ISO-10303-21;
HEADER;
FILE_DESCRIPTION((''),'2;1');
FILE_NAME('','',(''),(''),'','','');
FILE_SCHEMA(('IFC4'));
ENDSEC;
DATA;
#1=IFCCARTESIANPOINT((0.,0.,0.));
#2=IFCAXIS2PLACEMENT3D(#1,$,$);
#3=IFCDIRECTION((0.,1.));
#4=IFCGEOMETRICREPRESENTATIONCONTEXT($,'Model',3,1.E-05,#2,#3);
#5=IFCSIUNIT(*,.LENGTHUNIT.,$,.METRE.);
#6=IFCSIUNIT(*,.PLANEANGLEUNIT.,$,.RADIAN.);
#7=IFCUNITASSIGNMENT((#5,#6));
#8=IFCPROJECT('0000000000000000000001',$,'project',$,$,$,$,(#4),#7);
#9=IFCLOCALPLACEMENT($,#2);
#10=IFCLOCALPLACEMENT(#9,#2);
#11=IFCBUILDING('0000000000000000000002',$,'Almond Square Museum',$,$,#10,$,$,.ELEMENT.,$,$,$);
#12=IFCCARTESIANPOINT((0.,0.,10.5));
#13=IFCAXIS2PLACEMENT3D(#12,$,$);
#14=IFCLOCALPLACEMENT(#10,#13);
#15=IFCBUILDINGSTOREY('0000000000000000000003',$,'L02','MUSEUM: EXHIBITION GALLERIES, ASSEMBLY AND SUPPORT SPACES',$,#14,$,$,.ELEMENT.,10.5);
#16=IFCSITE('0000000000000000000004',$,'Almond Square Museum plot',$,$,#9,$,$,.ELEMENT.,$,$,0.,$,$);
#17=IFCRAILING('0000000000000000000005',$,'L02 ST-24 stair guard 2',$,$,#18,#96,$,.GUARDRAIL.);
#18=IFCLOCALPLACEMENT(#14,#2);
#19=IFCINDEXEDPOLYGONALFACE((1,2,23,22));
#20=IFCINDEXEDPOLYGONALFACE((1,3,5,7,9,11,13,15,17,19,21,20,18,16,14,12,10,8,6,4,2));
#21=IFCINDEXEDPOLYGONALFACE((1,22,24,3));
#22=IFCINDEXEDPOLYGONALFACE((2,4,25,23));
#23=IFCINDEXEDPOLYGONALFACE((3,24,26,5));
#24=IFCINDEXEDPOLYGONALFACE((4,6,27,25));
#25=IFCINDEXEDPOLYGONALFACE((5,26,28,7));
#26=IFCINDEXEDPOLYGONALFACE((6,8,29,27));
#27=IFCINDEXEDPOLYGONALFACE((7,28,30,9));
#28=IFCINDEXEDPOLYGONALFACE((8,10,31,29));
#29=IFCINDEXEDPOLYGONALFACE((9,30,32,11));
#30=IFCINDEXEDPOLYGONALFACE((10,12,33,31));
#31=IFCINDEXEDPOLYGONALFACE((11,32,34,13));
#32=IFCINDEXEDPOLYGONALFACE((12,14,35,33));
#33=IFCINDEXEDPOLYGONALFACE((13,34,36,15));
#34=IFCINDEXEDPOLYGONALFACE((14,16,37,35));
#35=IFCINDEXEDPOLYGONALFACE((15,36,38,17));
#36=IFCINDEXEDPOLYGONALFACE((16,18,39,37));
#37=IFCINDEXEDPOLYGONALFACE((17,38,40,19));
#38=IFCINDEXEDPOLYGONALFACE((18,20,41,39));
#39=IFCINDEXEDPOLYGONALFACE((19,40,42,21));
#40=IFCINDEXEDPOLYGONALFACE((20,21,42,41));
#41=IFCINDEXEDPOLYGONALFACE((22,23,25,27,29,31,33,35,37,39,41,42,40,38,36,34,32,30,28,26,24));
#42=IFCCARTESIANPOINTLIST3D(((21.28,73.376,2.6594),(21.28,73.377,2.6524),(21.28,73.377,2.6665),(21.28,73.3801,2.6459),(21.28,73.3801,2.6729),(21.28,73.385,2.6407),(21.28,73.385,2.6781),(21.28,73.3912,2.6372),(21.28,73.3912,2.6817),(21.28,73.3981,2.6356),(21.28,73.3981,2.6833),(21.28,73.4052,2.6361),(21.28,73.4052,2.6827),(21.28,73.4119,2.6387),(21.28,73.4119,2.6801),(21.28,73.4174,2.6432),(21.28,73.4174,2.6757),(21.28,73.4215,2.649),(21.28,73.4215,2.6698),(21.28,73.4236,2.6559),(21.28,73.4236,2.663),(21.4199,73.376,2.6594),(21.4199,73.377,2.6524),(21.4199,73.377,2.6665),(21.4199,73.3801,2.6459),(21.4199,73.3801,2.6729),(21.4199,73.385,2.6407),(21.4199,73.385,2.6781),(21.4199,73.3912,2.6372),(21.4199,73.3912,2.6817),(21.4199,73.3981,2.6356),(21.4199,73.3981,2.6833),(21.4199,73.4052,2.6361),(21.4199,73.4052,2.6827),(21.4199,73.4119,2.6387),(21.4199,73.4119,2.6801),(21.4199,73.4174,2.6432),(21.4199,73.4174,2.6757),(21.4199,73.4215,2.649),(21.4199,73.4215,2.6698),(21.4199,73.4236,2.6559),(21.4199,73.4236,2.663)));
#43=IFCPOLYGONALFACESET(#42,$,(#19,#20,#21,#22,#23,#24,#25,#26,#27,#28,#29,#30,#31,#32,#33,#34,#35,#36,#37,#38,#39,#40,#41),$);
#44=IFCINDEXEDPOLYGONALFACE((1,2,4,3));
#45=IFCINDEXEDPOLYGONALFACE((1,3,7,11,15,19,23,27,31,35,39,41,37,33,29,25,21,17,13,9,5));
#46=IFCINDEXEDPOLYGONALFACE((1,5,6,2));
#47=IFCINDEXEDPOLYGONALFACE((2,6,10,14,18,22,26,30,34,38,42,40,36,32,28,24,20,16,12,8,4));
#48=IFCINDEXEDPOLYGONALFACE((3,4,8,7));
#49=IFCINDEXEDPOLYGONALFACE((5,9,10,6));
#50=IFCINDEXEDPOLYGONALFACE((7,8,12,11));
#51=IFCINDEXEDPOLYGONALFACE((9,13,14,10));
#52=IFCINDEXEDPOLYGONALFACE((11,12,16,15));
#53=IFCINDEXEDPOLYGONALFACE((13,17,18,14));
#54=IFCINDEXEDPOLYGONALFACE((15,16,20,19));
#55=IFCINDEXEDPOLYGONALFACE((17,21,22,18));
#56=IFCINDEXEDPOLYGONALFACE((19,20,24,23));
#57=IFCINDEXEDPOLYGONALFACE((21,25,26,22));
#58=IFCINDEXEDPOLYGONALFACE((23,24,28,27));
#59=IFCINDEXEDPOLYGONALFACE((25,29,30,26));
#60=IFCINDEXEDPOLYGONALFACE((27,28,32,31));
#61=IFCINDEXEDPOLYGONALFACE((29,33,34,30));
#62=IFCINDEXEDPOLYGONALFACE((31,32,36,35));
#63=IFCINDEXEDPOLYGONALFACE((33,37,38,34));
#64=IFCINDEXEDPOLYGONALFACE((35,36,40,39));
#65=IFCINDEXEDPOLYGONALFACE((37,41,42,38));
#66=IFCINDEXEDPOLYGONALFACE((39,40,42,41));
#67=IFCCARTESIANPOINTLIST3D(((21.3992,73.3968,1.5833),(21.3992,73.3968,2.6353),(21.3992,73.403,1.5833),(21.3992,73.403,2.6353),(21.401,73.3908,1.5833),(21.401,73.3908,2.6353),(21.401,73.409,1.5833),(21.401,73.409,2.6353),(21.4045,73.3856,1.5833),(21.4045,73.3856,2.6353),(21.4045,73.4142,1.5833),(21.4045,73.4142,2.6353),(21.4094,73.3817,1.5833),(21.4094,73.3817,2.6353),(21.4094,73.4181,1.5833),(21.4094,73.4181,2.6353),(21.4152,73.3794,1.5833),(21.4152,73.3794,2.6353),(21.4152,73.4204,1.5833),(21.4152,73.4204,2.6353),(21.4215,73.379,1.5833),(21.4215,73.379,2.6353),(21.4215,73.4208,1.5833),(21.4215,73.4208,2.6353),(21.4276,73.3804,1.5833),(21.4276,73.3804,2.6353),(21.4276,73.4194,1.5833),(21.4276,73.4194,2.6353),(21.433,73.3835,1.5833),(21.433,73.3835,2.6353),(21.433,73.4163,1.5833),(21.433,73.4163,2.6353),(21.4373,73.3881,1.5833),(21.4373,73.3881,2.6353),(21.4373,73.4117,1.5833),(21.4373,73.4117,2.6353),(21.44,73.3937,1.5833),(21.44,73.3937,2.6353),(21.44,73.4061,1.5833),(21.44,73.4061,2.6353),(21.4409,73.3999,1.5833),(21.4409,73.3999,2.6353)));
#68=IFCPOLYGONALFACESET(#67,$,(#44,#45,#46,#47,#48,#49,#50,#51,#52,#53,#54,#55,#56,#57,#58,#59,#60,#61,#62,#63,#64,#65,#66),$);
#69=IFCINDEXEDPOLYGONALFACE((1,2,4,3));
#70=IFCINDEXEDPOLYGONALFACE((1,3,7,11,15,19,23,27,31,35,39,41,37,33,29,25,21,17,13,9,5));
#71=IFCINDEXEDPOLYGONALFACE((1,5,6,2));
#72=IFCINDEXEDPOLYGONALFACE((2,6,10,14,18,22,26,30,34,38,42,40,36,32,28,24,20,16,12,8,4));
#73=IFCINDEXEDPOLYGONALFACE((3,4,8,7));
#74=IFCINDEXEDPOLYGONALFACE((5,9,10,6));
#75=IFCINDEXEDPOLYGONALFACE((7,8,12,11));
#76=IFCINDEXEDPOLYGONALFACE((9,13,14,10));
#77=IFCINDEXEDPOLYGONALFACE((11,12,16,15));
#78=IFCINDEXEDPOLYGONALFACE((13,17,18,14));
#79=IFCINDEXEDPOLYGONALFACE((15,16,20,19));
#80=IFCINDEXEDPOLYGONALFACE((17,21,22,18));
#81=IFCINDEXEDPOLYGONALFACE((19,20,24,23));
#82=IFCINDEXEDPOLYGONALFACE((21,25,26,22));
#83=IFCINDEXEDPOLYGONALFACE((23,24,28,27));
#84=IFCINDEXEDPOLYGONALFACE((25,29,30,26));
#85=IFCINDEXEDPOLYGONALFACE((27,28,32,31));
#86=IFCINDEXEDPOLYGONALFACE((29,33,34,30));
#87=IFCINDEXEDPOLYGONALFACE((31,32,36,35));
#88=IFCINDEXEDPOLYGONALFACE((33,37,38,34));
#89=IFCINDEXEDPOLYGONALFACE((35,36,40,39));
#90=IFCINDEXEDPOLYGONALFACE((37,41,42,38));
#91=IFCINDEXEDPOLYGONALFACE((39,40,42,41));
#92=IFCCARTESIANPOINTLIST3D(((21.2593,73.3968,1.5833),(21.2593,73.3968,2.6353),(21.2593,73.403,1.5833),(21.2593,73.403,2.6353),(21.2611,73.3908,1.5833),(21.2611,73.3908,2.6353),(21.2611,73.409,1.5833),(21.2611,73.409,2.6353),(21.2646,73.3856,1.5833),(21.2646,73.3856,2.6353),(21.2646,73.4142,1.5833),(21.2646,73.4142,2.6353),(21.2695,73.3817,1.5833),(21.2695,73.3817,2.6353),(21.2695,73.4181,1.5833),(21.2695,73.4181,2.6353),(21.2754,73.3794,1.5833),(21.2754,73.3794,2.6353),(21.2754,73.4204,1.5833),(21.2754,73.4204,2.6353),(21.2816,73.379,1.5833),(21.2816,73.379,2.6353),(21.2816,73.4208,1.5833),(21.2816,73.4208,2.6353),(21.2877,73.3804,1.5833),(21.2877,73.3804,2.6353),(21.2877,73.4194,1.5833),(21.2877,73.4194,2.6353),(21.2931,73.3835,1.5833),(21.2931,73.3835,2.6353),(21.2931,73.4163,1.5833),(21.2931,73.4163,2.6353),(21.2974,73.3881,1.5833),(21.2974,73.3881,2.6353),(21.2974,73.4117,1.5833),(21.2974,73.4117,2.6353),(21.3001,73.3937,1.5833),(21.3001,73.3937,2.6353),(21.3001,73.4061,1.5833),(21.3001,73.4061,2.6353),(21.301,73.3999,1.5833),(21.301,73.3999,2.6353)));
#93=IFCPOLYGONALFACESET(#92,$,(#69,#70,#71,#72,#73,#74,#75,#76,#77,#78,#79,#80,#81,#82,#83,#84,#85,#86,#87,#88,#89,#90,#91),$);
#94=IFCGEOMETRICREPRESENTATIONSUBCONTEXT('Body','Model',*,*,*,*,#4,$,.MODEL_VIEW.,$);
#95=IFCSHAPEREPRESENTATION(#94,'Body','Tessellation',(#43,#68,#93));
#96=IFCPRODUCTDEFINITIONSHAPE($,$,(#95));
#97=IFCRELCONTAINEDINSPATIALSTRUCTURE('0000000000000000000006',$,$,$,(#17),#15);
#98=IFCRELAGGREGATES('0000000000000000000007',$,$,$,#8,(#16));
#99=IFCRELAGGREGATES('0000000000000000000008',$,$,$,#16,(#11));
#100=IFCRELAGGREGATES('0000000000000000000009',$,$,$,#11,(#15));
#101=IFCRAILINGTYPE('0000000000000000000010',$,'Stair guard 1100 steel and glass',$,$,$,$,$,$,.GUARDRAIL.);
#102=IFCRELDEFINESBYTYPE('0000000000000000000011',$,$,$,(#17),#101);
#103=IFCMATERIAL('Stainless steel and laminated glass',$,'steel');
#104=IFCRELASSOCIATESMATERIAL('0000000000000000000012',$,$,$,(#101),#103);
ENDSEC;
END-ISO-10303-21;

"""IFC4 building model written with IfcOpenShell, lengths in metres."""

from ifc_helpers import new_model, si_unit, direction, frame, origin, origin_2d, place, context, subcontext, project, spatial, circle, extrude, material, type_object, element, save


model = new_model("IFC4")

# Units and contexts
model_context = context("Model", 3, precision=1e-05, world=origin(), true_north=direction((0.0, 1.0)))
body_context = subcontext(model_context, "Body", "Model", "MODEL_VIEW")
ifc_project = project(units=[si_unit("LENGTHUNIT", "METRE"), si_unit("PLANEANGLEUNIT", "RADIAN")], contexts=[model_context])

# Site, building, storey
site_placement = place(None, origin())
site = spatial("IfcSite", under=ifc_project, at=site_placement, Name="Almond Square Museum plot", CompositionType="ELEMENT", RefElevation=0.0)
building_placement = place(site_placement, origin())
building = spatial("IfcBuilding", under=site, at=building_placement, Name="Almond Square Museum", CompositionType="ELEMENT")
storey_placement = place(building_placement, frame((0.0, 0.0, 10.5)))
storey = spatial("IfcBuildingStorey", under=building, at=storey_placement, Name="L02", Description="MUSEUM: EXHIBITION GALLERIES, ASSEMBLY AND SUPPORT SPACES", CompositionType="ELEMENT", Elevation=10.5)

# Railing
ifc_material_1 = material(Name="Stainless steel and laminated glass", Category="steel")
railing_type_1 = type_object("IfcRailingType", Name="Stair guard 1100 steel and glass", PredefinedType="GUARDRAIL", material=ifc_material_1)
railing_1_placement = place(storey_placement, frame((21.4199, 73.3999, 1.5833)))
element("IfcRailing", 1, at=railing_1_placement, inside=storey, type_object=railing_type_1, Name="L02 ST-24 stair guard 2", PredefinedType="GUARDRAIL", context=body_context, shape_type="SweptSolid", body=[
    extrude(circle(Radius=0.0239, at=origin_2d()), frame((0.0, 0.0, 1.0762), z_axis=(-1.0, 0.0, 0.0), x_axis=(0.0, -1.0, 0.0)), (0.0, 0.0, 1.0), 0.1399),
    extrude(circle(Radius=0.021, at=origin_2d()), origin(), (0.0, 0.0, 1.0), 1.052),
    extrude(circle(Radius=0.021, at=origin_2d()), frame((-0.1399, 0.0, 0.0)), (0.0, 0.0, 1.0), 1.052),
])

save(model, "model.ifc")
